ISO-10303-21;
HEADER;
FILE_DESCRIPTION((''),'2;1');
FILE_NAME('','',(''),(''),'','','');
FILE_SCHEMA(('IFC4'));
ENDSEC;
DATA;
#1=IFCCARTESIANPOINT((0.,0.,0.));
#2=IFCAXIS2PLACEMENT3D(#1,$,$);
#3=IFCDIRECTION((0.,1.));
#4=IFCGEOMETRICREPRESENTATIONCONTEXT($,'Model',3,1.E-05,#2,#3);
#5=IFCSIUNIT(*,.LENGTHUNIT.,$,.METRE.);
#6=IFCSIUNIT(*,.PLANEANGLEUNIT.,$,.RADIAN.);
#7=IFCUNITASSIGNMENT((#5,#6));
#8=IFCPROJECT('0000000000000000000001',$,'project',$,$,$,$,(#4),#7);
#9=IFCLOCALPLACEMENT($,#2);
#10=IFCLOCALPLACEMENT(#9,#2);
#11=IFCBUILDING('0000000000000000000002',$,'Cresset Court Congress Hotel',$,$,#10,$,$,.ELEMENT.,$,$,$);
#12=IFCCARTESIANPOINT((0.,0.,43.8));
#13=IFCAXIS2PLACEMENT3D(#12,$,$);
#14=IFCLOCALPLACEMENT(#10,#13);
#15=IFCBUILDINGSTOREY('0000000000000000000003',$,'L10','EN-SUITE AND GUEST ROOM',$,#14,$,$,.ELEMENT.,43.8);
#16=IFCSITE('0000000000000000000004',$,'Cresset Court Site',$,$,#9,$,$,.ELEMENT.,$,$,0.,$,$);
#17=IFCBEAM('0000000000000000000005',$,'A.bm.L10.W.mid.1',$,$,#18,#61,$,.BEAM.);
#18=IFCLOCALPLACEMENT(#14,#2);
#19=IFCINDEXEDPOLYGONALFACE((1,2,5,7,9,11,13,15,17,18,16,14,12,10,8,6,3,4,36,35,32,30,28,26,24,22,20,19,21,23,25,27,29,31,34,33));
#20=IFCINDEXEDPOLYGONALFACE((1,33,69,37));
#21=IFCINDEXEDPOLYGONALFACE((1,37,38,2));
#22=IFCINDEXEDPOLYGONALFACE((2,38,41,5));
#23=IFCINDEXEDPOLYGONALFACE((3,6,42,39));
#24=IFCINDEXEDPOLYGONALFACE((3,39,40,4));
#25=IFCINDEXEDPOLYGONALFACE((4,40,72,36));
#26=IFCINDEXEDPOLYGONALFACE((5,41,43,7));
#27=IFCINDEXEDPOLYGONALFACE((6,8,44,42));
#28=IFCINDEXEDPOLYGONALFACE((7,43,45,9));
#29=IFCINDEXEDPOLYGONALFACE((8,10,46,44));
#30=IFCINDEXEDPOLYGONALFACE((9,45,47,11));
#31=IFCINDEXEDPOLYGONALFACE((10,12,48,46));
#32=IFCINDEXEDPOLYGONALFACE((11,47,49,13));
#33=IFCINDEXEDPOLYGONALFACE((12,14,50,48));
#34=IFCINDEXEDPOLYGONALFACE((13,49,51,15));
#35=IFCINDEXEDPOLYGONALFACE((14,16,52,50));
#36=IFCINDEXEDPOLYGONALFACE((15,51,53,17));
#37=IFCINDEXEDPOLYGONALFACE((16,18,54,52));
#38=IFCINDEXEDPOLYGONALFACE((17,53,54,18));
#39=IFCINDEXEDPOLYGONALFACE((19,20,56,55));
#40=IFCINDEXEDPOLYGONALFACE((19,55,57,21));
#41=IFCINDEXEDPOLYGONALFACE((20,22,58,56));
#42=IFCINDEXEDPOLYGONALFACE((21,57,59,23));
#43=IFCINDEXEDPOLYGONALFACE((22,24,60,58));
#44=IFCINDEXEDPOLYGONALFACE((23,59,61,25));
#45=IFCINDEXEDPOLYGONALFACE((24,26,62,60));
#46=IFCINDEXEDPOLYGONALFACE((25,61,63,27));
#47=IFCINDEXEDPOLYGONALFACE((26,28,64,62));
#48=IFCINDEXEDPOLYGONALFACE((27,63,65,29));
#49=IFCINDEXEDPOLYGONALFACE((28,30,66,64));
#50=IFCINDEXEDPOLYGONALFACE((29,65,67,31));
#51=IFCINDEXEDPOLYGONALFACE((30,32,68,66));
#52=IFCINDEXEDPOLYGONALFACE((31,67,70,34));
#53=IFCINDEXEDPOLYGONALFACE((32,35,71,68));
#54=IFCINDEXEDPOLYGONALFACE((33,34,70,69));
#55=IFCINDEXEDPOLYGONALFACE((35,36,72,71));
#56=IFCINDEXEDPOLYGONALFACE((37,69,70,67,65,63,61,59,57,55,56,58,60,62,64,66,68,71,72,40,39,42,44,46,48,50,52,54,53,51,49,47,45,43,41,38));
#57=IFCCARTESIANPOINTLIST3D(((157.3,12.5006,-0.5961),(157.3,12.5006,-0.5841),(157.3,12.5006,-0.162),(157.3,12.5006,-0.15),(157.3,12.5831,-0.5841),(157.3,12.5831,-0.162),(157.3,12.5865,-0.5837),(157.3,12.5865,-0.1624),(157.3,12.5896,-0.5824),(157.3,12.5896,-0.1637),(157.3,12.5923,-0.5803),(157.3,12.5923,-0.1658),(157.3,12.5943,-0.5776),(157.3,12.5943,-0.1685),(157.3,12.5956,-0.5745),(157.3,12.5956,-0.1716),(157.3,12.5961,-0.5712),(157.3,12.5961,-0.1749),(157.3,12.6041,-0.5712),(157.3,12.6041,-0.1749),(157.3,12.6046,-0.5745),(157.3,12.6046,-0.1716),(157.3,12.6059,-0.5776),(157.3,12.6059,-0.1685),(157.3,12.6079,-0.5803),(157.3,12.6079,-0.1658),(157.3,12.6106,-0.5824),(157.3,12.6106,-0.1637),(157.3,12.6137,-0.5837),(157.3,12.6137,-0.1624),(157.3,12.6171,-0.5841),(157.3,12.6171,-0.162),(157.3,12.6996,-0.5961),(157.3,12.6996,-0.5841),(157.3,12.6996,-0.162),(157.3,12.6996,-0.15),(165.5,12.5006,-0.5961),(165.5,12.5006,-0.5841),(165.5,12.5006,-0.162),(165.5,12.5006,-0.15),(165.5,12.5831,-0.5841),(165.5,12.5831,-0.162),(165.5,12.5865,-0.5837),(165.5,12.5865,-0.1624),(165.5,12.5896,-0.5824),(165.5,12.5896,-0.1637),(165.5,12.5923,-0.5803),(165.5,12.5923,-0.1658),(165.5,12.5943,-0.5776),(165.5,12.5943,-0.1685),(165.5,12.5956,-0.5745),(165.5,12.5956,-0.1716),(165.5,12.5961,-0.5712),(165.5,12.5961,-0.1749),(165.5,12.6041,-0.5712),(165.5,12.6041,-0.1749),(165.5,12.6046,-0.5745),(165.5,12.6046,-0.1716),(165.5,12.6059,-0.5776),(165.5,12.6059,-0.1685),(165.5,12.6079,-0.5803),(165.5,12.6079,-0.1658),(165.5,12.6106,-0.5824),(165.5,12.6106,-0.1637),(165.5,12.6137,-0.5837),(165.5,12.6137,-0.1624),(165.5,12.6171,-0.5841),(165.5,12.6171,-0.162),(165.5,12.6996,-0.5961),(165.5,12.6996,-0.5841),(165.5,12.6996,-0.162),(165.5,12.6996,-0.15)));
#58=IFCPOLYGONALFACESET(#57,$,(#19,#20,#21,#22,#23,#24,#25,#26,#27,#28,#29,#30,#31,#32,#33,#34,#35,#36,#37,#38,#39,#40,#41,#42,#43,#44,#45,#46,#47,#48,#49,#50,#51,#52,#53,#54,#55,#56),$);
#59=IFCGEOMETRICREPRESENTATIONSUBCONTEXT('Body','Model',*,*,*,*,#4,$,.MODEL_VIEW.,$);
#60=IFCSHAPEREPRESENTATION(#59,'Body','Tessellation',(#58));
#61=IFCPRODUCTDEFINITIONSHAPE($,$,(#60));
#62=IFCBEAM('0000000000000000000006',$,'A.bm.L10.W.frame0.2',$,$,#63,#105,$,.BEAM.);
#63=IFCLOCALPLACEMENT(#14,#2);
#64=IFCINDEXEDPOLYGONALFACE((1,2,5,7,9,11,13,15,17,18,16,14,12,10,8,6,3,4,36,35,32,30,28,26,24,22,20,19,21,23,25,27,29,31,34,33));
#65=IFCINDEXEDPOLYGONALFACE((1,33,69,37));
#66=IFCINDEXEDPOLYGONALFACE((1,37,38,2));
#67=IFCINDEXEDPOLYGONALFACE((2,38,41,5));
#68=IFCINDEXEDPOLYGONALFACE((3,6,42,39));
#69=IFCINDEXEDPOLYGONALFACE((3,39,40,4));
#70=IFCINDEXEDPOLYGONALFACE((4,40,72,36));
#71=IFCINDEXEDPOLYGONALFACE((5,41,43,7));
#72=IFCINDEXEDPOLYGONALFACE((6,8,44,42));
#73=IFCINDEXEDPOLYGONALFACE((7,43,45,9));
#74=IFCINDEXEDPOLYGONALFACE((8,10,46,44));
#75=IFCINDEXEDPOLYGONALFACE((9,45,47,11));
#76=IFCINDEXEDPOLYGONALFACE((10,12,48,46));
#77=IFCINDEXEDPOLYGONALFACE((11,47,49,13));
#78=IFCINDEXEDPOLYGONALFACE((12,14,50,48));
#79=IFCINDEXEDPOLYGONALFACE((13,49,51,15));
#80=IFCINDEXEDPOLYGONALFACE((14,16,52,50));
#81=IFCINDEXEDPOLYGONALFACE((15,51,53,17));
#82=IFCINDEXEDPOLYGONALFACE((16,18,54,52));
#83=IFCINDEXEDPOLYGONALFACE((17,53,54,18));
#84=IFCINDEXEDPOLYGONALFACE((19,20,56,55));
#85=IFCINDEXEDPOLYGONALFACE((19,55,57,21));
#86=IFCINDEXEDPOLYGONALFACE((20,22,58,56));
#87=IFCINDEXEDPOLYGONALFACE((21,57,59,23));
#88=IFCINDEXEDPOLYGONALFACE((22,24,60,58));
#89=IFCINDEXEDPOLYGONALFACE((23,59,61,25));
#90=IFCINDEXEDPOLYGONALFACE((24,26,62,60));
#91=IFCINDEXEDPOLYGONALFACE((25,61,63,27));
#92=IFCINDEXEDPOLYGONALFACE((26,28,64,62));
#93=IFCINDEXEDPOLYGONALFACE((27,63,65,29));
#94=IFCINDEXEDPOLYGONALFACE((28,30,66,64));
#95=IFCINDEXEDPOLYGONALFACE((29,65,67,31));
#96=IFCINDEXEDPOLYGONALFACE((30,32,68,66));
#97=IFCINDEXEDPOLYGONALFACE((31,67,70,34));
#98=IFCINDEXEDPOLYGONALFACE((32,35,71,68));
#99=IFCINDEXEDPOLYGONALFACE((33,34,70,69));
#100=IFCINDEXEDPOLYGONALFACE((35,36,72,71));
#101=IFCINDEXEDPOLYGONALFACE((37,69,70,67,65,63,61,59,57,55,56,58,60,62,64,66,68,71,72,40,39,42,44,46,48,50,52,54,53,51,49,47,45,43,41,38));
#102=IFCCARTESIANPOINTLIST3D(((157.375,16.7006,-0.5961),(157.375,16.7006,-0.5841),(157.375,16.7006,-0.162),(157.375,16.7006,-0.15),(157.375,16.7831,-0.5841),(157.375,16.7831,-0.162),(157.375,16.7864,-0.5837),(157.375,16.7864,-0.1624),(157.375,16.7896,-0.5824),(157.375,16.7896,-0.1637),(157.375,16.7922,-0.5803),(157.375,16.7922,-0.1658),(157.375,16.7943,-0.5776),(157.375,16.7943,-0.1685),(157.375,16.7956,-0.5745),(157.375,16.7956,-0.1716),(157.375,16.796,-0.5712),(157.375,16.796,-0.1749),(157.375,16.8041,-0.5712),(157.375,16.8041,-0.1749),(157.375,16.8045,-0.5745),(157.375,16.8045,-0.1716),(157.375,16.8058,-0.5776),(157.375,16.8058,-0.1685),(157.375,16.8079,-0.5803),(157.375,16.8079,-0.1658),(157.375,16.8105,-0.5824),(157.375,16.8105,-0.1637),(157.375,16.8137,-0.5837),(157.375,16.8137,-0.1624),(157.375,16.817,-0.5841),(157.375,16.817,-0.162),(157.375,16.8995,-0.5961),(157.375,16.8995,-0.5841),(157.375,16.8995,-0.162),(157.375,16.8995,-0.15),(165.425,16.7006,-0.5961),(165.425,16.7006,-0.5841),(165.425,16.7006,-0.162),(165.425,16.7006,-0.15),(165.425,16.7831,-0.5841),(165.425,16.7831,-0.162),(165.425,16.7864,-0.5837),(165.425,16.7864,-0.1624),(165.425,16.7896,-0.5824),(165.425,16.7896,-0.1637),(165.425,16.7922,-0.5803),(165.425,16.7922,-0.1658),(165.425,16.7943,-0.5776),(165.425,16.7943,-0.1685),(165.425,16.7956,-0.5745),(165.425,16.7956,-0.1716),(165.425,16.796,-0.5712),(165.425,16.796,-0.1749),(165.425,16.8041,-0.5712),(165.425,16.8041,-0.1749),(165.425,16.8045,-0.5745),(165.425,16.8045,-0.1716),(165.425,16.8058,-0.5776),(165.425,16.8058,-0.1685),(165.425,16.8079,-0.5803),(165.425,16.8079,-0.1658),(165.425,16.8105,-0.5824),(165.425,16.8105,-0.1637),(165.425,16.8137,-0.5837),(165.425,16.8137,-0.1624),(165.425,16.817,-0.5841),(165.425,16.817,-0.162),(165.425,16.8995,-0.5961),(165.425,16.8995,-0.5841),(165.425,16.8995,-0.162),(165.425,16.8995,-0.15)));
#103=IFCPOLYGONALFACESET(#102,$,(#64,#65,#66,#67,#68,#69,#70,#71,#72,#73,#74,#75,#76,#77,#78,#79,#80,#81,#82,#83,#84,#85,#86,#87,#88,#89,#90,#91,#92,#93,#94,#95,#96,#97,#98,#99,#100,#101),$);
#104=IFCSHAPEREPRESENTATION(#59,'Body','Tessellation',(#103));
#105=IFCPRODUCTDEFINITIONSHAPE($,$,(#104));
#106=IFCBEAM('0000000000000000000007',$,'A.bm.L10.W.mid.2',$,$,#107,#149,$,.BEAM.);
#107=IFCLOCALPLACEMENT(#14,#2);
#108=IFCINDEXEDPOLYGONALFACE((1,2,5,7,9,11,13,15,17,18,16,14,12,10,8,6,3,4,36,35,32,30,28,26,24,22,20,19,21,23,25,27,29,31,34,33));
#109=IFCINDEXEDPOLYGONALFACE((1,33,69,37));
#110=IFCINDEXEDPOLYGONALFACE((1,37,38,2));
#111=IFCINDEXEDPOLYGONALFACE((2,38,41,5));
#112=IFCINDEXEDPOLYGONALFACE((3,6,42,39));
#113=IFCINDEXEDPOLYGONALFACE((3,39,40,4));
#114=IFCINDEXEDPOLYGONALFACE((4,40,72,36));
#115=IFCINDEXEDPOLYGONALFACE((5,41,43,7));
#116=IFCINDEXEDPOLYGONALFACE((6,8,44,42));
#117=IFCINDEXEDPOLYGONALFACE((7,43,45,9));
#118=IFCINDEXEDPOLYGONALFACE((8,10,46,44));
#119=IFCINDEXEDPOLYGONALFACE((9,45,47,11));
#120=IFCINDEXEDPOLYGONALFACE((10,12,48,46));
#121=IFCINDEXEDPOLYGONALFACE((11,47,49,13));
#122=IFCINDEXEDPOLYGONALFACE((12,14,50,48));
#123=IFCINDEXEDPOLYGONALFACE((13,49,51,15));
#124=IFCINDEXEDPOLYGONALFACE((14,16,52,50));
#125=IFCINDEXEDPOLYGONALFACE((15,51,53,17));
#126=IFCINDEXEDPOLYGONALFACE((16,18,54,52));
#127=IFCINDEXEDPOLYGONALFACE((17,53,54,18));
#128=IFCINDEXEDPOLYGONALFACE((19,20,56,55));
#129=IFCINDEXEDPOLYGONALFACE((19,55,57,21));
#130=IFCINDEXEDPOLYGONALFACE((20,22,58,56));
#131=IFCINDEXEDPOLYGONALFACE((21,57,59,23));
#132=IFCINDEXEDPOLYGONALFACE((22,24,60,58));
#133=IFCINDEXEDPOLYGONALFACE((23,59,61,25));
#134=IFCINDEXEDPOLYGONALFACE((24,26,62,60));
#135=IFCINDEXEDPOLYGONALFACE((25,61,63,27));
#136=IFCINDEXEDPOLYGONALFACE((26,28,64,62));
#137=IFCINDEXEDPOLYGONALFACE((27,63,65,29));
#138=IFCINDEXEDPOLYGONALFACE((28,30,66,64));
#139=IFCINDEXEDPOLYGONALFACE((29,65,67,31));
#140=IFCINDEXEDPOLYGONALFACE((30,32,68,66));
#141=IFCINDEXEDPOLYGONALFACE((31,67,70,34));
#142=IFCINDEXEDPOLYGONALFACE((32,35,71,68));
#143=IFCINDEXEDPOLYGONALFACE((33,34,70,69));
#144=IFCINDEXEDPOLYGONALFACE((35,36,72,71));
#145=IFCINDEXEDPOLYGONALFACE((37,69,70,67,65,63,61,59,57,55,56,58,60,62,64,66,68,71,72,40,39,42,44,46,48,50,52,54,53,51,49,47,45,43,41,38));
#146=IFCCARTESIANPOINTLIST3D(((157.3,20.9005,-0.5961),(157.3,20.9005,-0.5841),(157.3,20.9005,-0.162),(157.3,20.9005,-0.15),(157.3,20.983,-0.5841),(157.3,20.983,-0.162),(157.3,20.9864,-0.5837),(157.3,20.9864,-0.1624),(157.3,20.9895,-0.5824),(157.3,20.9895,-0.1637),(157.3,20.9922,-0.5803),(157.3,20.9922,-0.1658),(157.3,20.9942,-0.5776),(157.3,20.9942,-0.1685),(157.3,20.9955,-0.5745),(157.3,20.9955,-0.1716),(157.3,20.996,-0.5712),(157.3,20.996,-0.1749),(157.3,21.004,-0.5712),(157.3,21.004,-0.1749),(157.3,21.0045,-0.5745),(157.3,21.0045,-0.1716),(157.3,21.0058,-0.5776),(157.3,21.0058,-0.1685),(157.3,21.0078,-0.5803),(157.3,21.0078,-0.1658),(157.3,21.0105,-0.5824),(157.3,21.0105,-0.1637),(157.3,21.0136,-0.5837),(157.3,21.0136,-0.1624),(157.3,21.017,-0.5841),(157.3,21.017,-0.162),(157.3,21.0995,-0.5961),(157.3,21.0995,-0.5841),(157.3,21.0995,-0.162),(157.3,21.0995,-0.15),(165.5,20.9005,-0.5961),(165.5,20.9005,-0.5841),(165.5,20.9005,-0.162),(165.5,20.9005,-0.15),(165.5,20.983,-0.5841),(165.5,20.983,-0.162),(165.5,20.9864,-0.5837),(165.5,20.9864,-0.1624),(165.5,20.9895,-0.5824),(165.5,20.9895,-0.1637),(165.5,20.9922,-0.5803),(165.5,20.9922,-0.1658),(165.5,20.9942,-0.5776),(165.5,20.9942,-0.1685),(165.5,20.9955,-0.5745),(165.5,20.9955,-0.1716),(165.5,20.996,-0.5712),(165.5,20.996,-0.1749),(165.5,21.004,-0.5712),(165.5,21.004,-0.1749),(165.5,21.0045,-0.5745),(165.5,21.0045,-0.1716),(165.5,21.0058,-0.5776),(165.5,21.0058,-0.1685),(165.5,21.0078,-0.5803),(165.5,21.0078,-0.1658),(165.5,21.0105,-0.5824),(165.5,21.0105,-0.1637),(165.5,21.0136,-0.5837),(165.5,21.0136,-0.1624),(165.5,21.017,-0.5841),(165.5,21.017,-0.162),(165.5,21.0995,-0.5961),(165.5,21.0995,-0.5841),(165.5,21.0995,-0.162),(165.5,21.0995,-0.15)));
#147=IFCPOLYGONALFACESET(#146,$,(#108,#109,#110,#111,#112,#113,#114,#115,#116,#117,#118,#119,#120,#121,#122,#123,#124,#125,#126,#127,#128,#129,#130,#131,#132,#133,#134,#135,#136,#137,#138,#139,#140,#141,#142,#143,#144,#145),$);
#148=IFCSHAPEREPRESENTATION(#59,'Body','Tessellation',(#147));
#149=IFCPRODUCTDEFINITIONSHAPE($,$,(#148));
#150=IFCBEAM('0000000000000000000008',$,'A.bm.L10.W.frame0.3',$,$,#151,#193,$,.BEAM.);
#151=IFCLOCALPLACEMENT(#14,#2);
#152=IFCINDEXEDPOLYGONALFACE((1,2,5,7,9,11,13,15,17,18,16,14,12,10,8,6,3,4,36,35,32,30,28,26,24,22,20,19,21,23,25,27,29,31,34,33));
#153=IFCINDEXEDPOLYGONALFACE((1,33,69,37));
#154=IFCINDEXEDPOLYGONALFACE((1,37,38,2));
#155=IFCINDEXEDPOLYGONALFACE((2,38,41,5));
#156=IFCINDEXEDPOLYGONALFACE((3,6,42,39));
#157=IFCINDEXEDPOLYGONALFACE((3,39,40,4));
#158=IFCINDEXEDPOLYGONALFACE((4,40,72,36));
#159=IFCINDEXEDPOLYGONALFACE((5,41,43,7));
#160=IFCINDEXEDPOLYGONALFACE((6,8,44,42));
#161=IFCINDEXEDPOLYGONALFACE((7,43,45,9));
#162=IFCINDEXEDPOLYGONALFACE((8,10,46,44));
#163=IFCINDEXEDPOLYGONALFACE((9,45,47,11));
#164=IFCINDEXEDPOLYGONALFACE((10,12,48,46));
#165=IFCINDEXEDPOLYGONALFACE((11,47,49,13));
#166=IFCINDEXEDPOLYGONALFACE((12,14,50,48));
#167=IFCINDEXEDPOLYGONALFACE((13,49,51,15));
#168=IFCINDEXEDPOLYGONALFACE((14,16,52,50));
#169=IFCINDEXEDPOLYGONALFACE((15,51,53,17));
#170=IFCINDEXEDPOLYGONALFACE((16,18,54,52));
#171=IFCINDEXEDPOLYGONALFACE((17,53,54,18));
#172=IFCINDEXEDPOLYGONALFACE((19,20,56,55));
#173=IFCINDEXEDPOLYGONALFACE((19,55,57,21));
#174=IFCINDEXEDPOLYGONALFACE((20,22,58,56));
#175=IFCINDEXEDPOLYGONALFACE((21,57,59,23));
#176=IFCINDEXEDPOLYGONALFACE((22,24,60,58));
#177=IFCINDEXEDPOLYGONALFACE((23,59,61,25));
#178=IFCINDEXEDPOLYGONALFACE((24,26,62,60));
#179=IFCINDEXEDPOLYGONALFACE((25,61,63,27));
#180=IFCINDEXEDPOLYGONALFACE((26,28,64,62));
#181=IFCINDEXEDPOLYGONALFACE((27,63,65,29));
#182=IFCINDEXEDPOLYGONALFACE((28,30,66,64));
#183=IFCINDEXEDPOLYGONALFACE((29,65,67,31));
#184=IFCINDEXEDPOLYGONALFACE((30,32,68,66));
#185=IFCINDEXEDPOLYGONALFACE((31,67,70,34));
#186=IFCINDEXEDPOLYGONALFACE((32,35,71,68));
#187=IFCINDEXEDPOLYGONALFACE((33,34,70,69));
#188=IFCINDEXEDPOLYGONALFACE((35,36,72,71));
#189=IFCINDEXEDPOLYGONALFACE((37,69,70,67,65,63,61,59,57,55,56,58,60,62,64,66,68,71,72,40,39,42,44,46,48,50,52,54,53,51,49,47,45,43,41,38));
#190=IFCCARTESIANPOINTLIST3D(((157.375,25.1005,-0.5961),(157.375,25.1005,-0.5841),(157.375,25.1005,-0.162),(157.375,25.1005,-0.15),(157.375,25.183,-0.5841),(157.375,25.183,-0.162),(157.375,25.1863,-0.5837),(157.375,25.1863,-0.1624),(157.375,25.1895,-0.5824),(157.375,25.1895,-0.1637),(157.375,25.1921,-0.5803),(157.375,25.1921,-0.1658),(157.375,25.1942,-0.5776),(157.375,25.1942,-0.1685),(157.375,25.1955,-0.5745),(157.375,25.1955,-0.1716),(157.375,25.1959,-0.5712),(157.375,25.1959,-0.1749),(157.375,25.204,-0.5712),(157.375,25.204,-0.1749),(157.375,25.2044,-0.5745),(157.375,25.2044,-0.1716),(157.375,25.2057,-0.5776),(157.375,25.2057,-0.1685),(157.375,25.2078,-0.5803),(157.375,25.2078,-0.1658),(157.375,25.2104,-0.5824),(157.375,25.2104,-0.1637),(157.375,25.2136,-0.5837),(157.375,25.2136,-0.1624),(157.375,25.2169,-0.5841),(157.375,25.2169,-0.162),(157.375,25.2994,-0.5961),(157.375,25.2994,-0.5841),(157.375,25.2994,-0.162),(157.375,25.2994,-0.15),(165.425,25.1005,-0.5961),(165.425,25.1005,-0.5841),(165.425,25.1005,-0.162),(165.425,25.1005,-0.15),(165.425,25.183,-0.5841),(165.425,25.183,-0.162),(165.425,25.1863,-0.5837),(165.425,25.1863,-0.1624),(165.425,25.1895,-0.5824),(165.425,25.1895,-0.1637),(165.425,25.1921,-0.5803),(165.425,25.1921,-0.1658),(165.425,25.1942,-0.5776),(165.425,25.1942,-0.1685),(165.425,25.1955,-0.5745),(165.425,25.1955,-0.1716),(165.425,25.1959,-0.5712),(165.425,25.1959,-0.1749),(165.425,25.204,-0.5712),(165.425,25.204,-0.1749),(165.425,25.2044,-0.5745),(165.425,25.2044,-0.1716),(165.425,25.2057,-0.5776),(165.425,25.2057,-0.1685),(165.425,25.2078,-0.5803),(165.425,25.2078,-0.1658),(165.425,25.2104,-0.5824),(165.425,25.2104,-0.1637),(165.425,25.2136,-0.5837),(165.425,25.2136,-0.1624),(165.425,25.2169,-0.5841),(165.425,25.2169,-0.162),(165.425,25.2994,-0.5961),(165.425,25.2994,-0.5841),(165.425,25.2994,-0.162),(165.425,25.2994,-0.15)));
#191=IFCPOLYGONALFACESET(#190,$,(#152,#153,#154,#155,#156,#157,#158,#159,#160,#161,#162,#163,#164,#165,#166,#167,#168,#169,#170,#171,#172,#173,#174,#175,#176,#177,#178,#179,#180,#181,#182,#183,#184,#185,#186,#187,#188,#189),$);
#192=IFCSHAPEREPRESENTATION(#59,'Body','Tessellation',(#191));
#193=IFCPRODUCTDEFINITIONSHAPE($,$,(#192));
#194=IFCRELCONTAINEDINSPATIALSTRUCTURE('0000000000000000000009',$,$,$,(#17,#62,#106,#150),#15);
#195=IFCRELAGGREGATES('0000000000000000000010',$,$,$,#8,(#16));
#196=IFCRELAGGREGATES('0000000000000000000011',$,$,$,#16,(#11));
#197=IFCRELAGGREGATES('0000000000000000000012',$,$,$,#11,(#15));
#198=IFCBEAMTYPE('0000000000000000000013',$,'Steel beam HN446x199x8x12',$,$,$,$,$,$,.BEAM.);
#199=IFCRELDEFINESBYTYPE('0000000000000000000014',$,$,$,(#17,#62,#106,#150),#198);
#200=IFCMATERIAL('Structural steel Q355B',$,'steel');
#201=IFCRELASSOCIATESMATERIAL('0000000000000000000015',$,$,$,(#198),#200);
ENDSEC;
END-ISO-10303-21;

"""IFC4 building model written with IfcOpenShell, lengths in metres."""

from ifc_helpers import new_model, si_unit, direction, frame, origin, origin_2d, place, context, subcontext, project, spatial, i_section, extrude, material, material_profile, profile_set, type_object, element, save


model = new_model("IFC4")

# Units and contexts
model_context = context("Model", 3, precision=1e-05, world=origin(), true_north=direction((0.0, 1.0)))
body_context = subcontext(model_context, "Body", "Model", "MODEL_VIEW")
ifc_project = project(units=[si_unit("LENGTHUNIT", "METRE"), si_unit("PLANEANGLEUNIT", "RADIAN")], contexts=[model_context])

# Site, building, storey
site_placement = place(None, origin())
site = spatial("IfcSite", under=ifc_project, at=site_placement, Name="Cresset Court Site", CompositionType="ELEMENT", RefElevation=0.0)
building_placement = place(site_placement, origin())
building = spatial("IfcBuilding", under=site, at=building_placement, Name="Cresset Court Congress Hotel", CompositionType="ELEMENT")
storey_placement = place(building_placement, frame((0.0, 0.0, 43.8)))
storey = spatial("IfcBuildingStorey", under=building, at=storey_placement, Name="L10", Description="EN-SUITE AND GUEST ROOM", CompositionType="ELEMENT", Elevation=43.8)

# Beams
ifc_material_1 = material(Name="Structural steel Q355B", Category="steel")
ifc_material_profile_1 = material_profile(ifc_material_1, i_section(OverallWidth=0.199, OverallDepth=0.446, WebThickness=0.0081, FlangeThickness=0.012, FilletRadius=0.0129, at=origin_2d()), Name="HN446x199x8x12")
ifc_profile_set_1 = profile_set([ifc_material_profile_1], Name="Structural steel Q355B")
beam_type_1 = type_object("IfcBeamType", Name="Steel beam HN446x199x8x12", PredefinedType="BEAM", material=ifc_profile_set_1)
beam_1_placement = place(storey_placement, frame((157.3, 12.6001, -0.373), z_axis=(1.0, 0.0, 0.0), x_axis=(0.0, 1.0, 0.0)))
element("IfcBeam", 1, at=beam_1_placement, inside=storey, type_object=beam_type_1, Name="A.bm.L10.W.mid.1", PredefinedType="BEAM", context=body_context, shape_type="SweptSolid", body=[
    extrude(i_section(OverallWidth=0.199, OverallDepth=0.446, WebThickness=0.0081, FlangeThickness=0.012, FilletRadius=0.0129, at=origin_2d()), origin(), (0.0, 0.0, 1.0), 8.2),
])
beam_2_placement = place(storey_placement, frame((157.375, 16.8, -0.373), z_axis=(1.0, 0.0, 0.0), x_axis=(0.0, 1.0, 0.0)))
element("IfcBeam", 2, at=beam_2_placement, inside=storey, type_object=beam_type_1, Name="A.bm.L10.W.frame0.2", PredefinedType="BEAM", context=body_context, shape_type="SweptSolid", body=[
    extrude(i_section(OverallWidth=0.199, OverallDepth=0.446, WebThickness=0.0081, FlangeThickness=0.012, FilletRadius=0.0129, at=origin_2d()), origin(), (0.0, 0.0, 1.0), 8.05),
])
beam_3_placement = place(storey_placement, frame((157.3, 21.0, -0.373), z_axis=(1.0, 0.0, 0.0), x_axis=(0.0, 1.0, 0.0)))
element("IfcBeam", 3, at=beam_3_placement, inside=storey, type_object=beam_type_1, Name="A.bm.L10.W.mid.2", PredefinedType="BEAM", context=body_context, shape_type="SweptSolid", body=[
    extrude(i_section(OverallWidth=0.199, OverallDepth=0.446, WebThickness=0.0081, FlangeThickness=0.012, FilletRadius=0.0129, at=origin_2d()), origin(), (0.0, 0.0, 1.0), 8.2),
])
beam_4_placement = place(storey_placement, frame((157.375, 25.2, -0.373), z_axis=(1.0, 0.0, 0.0), x_axis=(0.0, 1.0, 0.0)))
element("IfcBeam", 4, at=beam_4_placement, inside=storey, type_object=beam_type_1, Name="A.bm.L10.W.frame0.3", PredefinedType="BEAM", context=body_context, shape_type="SweptSolid", body=[
    extrude(i_section(OverallWidth=0.199, OverallDepth=0.446, WebThickness=0.0081, FlangeThickness=0.012, FilletRadius=0.0129, at=origin_2d()), origin(), (0.0, 0.0, 1.0), 8.05),
])

save(model, "model.ifc")
